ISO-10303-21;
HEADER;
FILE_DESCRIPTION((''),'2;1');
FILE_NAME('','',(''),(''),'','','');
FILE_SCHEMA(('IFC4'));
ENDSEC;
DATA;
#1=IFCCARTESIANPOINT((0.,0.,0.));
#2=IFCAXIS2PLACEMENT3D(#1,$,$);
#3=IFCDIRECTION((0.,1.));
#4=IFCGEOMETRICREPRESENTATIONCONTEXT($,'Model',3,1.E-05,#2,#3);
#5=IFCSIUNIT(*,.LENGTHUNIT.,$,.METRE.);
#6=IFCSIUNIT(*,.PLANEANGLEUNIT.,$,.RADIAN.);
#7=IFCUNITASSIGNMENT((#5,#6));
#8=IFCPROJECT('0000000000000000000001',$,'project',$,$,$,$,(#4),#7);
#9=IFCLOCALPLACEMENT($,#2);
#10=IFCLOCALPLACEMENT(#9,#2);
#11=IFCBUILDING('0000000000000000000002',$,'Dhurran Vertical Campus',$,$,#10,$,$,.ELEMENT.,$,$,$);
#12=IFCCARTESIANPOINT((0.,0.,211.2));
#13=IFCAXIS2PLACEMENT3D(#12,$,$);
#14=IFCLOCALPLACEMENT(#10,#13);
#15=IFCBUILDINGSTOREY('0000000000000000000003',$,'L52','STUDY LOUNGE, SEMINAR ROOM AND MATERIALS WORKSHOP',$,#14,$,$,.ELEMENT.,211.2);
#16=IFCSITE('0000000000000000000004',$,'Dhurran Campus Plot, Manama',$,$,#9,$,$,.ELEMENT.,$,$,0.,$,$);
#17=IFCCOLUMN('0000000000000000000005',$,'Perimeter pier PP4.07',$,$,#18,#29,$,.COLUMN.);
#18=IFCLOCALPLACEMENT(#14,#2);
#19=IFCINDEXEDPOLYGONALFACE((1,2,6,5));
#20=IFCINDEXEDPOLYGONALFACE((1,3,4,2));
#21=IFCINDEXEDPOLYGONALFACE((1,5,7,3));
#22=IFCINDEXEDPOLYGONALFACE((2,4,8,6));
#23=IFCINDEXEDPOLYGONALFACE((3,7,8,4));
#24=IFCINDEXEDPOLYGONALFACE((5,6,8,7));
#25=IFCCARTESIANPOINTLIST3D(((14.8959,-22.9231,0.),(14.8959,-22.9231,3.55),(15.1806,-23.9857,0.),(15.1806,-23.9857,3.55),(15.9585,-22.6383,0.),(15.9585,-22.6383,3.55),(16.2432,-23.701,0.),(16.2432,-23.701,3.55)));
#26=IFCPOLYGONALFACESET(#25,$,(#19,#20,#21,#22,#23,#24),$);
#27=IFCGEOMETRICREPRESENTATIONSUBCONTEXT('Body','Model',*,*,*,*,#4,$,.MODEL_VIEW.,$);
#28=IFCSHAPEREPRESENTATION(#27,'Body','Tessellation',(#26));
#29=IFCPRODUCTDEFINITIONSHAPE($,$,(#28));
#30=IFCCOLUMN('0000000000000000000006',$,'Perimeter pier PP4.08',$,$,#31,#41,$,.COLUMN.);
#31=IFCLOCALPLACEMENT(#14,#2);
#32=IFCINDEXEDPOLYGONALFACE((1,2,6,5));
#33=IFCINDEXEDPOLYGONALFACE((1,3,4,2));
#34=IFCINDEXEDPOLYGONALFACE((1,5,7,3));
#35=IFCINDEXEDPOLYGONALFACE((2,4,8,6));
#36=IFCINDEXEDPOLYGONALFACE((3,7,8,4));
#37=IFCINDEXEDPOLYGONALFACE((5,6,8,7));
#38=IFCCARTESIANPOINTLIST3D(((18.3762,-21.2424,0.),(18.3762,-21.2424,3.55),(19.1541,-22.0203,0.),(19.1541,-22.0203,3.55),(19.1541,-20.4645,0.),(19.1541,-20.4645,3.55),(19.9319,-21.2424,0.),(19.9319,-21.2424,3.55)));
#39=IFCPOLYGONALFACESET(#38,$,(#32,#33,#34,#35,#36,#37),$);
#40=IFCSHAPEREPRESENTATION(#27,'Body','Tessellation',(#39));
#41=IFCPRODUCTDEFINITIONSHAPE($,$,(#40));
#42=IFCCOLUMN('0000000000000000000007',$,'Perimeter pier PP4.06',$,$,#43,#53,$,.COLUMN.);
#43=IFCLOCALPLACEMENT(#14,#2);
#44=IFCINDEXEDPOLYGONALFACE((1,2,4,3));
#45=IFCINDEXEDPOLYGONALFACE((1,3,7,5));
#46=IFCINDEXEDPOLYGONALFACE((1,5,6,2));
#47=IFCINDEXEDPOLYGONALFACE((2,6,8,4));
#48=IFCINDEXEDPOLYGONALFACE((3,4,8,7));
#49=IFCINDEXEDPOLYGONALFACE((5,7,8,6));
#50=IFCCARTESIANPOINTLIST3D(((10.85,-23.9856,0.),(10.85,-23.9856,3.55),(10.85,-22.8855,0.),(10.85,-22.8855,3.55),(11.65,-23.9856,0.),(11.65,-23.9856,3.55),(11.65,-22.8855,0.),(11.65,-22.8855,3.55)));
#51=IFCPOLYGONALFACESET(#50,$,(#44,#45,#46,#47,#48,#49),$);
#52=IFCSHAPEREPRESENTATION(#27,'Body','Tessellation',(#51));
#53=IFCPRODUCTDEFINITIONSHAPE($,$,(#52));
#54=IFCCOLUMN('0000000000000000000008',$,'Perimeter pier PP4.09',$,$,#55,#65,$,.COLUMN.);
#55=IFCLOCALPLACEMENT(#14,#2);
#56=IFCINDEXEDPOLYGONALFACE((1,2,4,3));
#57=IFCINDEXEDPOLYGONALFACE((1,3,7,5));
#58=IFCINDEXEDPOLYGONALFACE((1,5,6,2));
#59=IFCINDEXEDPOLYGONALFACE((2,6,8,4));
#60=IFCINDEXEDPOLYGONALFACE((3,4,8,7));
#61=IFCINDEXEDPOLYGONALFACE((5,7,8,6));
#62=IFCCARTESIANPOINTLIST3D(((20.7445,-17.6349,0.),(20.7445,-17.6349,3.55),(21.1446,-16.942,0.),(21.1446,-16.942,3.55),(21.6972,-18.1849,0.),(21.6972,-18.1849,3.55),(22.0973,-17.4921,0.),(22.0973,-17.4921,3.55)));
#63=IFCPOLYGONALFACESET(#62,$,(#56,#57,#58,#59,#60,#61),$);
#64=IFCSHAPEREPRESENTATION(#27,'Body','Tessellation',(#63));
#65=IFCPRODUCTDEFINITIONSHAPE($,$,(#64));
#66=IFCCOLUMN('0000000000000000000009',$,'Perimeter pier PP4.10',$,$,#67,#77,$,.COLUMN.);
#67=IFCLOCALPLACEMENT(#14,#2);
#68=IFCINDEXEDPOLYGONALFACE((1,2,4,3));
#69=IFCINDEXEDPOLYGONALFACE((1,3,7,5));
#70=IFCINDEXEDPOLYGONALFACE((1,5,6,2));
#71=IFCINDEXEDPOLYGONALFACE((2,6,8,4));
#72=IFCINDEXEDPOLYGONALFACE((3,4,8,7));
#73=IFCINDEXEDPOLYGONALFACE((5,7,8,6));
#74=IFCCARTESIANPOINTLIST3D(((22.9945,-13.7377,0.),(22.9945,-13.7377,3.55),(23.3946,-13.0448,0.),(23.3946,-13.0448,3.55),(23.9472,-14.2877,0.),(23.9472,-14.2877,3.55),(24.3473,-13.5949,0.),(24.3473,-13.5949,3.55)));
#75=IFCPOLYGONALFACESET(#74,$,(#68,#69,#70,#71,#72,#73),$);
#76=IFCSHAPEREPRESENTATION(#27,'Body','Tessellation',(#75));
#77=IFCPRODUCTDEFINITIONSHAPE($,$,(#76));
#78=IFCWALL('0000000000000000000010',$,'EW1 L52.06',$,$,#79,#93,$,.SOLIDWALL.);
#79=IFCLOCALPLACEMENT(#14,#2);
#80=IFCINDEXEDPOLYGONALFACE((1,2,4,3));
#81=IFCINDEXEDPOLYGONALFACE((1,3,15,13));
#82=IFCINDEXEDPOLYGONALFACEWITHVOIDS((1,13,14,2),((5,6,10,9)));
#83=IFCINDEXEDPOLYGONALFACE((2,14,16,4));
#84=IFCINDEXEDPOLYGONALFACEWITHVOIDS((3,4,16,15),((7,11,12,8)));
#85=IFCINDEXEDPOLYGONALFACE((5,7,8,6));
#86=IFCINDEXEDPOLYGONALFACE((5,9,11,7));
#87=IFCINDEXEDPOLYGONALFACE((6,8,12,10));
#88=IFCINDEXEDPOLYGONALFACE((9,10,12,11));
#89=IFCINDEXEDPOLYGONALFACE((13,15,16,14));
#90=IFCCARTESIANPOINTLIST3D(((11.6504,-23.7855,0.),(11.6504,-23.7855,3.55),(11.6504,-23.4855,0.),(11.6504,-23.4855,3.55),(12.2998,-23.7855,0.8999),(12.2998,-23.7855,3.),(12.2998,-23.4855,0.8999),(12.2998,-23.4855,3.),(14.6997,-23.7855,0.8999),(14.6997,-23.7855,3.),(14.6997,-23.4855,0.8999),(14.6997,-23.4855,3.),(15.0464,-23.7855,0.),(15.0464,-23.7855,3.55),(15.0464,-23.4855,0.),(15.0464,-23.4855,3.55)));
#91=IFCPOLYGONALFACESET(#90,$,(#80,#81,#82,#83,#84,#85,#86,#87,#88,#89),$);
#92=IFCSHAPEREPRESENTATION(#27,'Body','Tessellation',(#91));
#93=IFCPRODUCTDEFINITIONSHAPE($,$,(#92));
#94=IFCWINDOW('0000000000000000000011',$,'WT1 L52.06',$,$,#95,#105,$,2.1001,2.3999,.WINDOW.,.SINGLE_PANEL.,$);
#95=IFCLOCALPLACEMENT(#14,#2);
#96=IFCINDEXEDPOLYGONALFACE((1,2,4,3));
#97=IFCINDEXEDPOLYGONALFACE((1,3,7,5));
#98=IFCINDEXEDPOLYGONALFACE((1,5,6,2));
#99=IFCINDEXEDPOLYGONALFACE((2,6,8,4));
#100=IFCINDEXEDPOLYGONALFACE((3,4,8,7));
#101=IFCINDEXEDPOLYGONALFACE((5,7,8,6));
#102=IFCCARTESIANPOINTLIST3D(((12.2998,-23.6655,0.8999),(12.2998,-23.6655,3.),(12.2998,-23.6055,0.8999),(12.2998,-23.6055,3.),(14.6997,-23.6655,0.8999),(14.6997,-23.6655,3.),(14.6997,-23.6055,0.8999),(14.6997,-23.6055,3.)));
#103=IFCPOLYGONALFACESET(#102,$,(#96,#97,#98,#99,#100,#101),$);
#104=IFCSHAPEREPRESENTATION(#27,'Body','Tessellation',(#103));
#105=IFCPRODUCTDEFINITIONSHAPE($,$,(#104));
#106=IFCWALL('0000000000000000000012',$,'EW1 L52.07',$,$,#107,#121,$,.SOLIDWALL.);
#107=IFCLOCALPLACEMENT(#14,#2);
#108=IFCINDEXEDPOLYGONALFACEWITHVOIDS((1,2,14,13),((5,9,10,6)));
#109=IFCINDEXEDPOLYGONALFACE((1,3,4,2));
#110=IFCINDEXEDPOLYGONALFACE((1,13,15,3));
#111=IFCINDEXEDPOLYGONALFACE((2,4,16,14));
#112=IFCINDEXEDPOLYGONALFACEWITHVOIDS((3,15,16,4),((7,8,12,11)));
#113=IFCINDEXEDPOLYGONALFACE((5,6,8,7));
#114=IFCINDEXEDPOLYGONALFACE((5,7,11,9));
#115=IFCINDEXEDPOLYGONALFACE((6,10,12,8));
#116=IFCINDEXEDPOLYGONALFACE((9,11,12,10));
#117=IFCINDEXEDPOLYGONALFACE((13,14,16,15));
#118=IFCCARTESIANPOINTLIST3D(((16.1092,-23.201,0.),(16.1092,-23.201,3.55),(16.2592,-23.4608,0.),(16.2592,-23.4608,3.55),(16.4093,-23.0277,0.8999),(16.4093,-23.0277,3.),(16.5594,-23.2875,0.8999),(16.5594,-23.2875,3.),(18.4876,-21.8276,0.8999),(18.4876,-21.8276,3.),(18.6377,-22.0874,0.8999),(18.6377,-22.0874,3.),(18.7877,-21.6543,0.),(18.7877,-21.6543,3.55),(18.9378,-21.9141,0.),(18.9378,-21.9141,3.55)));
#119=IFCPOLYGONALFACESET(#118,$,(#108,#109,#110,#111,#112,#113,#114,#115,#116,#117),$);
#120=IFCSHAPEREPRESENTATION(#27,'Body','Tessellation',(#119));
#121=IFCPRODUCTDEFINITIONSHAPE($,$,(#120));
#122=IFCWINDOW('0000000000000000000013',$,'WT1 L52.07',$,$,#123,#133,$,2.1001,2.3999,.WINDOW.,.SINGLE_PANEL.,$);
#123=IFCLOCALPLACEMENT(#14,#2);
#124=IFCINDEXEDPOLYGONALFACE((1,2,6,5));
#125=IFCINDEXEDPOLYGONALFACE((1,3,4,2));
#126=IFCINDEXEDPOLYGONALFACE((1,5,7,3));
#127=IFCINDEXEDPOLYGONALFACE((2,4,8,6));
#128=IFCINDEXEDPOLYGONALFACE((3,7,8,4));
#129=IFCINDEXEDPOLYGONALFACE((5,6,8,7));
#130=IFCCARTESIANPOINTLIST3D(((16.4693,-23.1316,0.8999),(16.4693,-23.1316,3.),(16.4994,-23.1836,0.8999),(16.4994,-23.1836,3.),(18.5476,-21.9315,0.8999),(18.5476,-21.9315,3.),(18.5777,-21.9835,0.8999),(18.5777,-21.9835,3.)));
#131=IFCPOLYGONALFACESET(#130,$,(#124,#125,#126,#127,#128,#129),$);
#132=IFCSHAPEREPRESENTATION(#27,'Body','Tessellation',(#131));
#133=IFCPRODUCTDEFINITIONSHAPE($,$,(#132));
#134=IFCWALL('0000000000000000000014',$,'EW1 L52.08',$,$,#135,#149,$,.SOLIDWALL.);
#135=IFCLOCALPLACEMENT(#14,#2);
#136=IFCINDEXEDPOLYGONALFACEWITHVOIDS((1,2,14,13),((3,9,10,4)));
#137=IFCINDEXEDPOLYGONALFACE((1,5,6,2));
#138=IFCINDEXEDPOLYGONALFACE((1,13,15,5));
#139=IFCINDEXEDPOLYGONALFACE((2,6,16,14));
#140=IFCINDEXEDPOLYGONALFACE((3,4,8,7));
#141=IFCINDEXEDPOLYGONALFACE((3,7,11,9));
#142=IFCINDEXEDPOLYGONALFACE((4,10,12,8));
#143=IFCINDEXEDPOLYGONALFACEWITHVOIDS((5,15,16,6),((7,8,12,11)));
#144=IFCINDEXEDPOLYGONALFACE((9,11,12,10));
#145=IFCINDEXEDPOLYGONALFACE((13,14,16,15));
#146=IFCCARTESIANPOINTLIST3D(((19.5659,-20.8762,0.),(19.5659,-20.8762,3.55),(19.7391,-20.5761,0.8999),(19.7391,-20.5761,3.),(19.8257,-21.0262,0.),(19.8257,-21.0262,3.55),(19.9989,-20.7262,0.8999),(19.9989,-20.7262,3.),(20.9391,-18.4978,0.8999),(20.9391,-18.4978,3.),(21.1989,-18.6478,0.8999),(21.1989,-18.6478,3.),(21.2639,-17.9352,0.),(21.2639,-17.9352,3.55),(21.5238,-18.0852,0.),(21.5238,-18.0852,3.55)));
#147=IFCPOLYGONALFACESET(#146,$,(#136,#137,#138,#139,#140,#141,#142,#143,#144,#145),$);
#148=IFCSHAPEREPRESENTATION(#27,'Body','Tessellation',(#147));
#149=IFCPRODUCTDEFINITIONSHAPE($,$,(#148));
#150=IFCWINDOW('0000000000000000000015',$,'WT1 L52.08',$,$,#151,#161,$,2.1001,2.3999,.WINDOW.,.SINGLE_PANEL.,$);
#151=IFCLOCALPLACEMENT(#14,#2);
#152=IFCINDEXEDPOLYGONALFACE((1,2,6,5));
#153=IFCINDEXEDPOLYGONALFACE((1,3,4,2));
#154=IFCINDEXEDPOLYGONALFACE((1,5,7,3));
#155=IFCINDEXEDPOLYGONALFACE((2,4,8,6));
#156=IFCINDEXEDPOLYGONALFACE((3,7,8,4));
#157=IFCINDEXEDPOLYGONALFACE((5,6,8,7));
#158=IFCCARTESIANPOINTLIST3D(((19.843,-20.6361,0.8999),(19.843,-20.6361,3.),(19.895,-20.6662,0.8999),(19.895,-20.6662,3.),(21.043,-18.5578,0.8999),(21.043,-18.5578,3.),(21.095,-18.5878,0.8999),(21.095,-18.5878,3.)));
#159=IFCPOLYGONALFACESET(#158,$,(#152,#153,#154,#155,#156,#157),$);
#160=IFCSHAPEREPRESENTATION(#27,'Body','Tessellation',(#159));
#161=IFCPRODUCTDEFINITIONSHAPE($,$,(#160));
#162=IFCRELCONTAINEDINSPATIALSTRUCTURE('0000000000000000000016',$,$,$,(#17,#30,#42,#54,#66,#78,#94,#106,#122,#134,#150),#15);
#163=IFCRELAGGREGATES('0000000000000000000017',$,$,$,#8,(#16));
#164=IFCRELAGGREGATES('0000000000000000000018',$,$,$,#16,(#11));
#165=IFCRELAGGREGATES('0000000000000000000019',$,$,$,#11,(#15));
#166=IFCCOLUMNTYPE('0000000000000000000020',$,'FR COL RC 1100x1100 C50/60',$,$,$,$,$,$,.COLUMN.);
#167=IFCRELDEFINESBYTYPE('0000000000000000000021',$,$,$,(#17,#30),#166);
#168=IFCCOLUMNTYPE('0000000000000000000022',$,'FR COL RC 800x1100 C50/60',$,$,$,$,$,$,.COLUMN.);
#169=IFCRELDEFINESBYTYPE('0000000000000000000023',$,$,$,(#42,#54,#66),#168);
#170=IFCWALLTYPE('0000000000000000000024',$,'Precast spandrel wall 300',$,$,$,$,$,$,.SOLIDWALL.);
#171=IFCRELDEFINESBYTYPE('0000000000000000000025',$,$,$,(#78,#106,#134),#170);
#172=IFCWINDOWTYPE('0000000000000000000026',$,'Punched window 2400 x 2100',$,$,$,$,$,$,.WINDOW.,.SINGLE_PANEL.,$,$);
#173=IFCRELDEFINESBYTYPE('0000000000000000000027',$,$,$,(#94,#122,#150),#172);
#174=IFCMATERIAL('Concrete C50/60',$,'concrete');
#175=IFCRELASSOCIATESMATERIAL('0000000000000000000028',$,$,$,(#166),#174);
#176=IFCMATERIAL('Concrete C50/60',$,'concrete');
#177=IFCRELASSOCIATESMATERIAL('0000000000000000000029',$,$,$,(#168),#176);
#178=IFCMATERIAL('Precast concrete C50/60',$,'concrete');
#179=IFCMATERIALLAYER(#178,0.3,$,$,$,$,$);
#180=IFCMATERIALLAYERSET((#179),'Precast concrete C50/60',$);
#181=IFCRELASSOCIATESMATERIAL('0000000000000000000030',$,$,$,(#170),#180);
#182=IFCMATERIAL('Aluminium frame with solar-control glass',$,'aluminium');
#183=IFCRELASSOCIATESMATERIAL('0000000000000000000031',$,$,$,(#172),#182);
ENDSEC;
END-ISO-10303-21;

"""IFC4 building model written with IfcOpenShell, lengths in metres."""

from ifc_helpers import new_model, si_unit, direction, frame, frame_2d, origin, origin_2d, place, context, subcontext, project, spatial, rectangle, extrude, material, layer, layer_set, material_profile, profile_set, type_object, element, fill, save


model = new_model("IFC4")

# Units and contexts
model_context = context("Model", 3, precision=1e-05, world=origin(), true_north=direction((0.0, 1.0)))
body_context = subcontext(model_context, "Body", "Model", "MODEL_VIEW")
ifc_project = project(units=[si_unit("LENGTHUNIT", "METRE"), si_unit("PLANEANGLEUNIT", "RADIAN")], contexts=[model_context])

# Site, building, storey
site_placement = place(None, origin())
site = spatial("IfcSite", under=ifc_project, at=site_placement, Name="Dhurran Campus Plot, Manama", CompositionType="ELEMENT", RefElevation=0.0)
building_placement = place(site_placement, origin())
building = spatial("IfcBuilding", under=site, at=building_placement, Name="Dhurran Vertical Campus", CompositionType="ELEMENT")
storey_placement = place(building_placement, frame((0.0, 0.0, 211.2)))
storey = spatial("IfcBuildingStorey", under=building, at=storey_placement, Name="L52", Description="STUDY LOUNGE, SEMINAR ROOM AND MATERIALS WORKSHOP", CompositionType="ELEMENT", Elevation=211.2)

# Columns
ifc_material_1 = material(Name="Concrete C50/60", Category="concrete")
ifc_material_profile_1 = material_profile(ifc_material_1, rectangle(XDim=1.1001, YDim=1.1001, at=origin_2d()), Name="RC 1100x1100")
ifc_profile_set_1 = profile_set([ifc_material_profile_1], Name="Concrete C50/60")
column_type_1 = type_object("IfcColumnType", Name="FR COL RC 1100x1100 C50/60", PredefinedType="COLUMN", material=ifc_profile_set_1)
for number, where, z_axis, x_axis, name in (
    (1, (15.5696, -23.312, 0.0), (0.0, 0.0, 1.0), (0.965926, 0.258819, 0.0), "Perimeter pier PP4.07"),
    (2, (19.1541, -21.2424, 0.0), (0.0, 0.0, 1.0), (0.707107, 0.707107, 0.0), "Perimeter pier PP4.08"),
):
    element("IfcColumn", number, at=place(storey_placement, frame(where, z_axis=z_axis, x_axis=x_axis)), inside=storey, type_object=column_type_1, Name=name, PredefinedType="COLUMN", context=body_context, shape_type="SweptSolid", body=[
        extrude(rectangle(XDim=1.1001, YDim=1.1001, at=origin_2d()), origin(), (0.0, 0.0, 1.0), 3.55),
    ])
ifc_material_2 = material(Name="Concrete C50/60", Category="concrete")
ifc_material_profile_2 = material_profile(ifc_material_2, rectangle(XDim=0.8, YDim=1.1001, at=origin_2d()), Name="RC 800x1100")
ifc_profile_set_2 = profile_set([ifc_material_profile_2], Name="Concrete C50/60")
column_type_2 = type_object("IfcColumnType", Name="FR COL RC 800x1100 C50/60", PredefinedType="COLUMN", material=ifc_profile_set_2)
for number, where, z_axis, x_axis, name in (
    (3, (11.25, -23.4355, 0.0), (0.0, 0.0, 1.0), (1.0, 0.0, 0.0), "Perimeter pier PP4.06"),
    (4, (21.4209, -17.5635, 0.0), (0.0, 0.0, 1.0), (0.5, 0.866025, 0.0), "Perimeter pier PP4.09"),
    (5, (23.6709, -13.6663, 0.0), (0.0, 0.0, 1.0), (0.5, 0.866025, 0.0), "Perimeter pier PP4.10"),
):
    element("IfcColumn", number, at=place(storey_placement, frame(where, z_axis=z_axis, x_axis=x_axis)), inside=storey, type_object=column_type_2, Name=name, PredefinedType="COLUMN", context=body_context, shape_type="SweptSolid", body=[
        extrude(rectangle(XDim=0.8, YDim=1.1001, at=origin_2d()), origin(), (0.0, 0.0, 1.0), 3.55),
    ])

# Walls, openings, windows
ifc_material_3 = material(Name="Precast concrete C50/60", Category="concrete")
ifc_layer_1 = layer(ifc_material_3, 0.3)
ifc_layer_set_1 = layer_set([ifc_layer_1], Name="Precast concrete C50/60")
wall_type_1 = type_object("IfcWallType", Name="Precast spandrel wall 300", PredefinedType="SOLIDWALL", material=ifc_layer_set_1)
wall_1_placement = place(storey_placement, frame((11.6504, -23.6355, 0.0), z_axis=(0.0, 0.0, 1.0), x_axis=(1.0, 0.0, 0.0)))
wall_1 = element("IfcWall", 6, at=wall_1_placement, inside=storey, type_object=wall_type_1, Name="EW1 L52.06", PredefinedType="SOLIDWALL", context=body_context, shape_type="SweptSolid", body=[
    extrude(rectangle(XDim=3.396, YDim=0.3, at=frame_2d((1.698, 0.0))), origin(), (0.0, 0.0, 1.0), 3.55),
])
opening_1_placement = place(wall_1_placement, frame((0.6494, 0.0, 0.8999)))
opening_1 = element("IfcOpeningElement", 7, at=opening_1_placement, cuts=wall_1, PredefinedType="OPENING", context=body_context, shape_type="SweptSolid", body=[
    extrude(rectangle(XDim=2.3999, YDim=2.1001, at=frame_2d((1.2, 1.05))), frame((0.0, 0.1599, 0.0), z_axis=(0.0, -1.0, 0.0), x_axis=(1.0, 0.0, 0.0)), (0.0, 0.0, 1.0), 0.3201),
])
ifc_material_4 = material(Name="Aluminium frame with solar-control glass", Category="aluminium")
window_type = type_object("IfcWindowType", Name="Punched window 2400 x 2100", PartitioningType="SINGLE_PANEL", PredefinedType="WINDOW", material=ifc_material_4)
window_1_placement = place(opening_1_placement, origin())
window_1 = element("IfcWindow", 8, at=window_1_placement, inside=storey, type_object=window_type, Name="WT1 L52.06", OverallHeight=2.1001, OverallWidth=2.3999, PartitioningType="SINGLE_PANEL", PredefinedType="WINDOW", context=body_context, shape_type="SweptSolid", body=[
    extrude(rectangle(XDim=2.3999, YDim=2.1001, at=frame_2d((1.2, 1.05))), frame((0.0, 0.03, 0.0), z_axis=(0.0, -1.0, 0.0), x_axis=(1.0, 0.0, 0.0)), (0.0, 0.0, 1.0), 0.0601),
])
fill(opening_1, window_1)
wall_2_placement = place(storey_placement, frame((16.1843, -23.3308, 0.0), z_axis=(0.0, 0.0, 1.0), x_axis=(0.865995, 0.500053, 0.0)))
wall_2 = element("IfcWall", 9, at=wall_2_placement, inside=storey, type_object=wall_type_1, Name="EW1 L52.07", PredefinedType="SOLIDWALL", context=body_context, shape_type="SweptSolid", body=[
    extrude(rectangle(XDim=3.093, YDim=0.3, at=frame_2d((1.5464, 0.0))), origin(), (0.0, 0.0, 1.0), 3.55),
])
opening_2_placement = place(wall_2_placement, frame((0.3464, 0.0, 0.8999)))
opening_2 = element("IfcOpeningElement", 10, at=opening_2_placement, cuts=wall_2, PredefinedType="OPENING", context=body_context, shape_type="SweptSolid", body=[
    extrude(rectangle(XDim=2.3999, YDim=2.1001, at=frame_2d((1.2, 1.05))), frame((0.0, 0.1599, 0.0), z_axis=(0.0, -1.0, 0.0), x_axis=(1.0, 0.0, 0.0)), (0.0, 0.0, 1.0), 0.3201),
])
window_2_placement = place(opening_2_placement, origin())
window_2 = element("IfcWindow", 11, at=window_2_placement, inside=storey, type_object=window_type, Name="WT1 L52.07", OverallHeight=2.1001, OverallWidth=2.3999, PartitioningType="SINGLE_PANEL", PredefinedType="WINDOW", context=body_context, shape_type="SweptSolid", body=[
    extrude(rectangle(XDim=2.3999, YDim=2.1001, at=frame_2d((1.2, 1.05))), frame((0.0, 0.03, 0.0), z_axis=(0.0, -1.0, 0.0), x_axis=(1.0, 0.0, 0.0)), (0.0, 0.0, 1.0), 0.0601),
])
fill(opening_2, window_2)
wall_3_placement = place(storey_placement, frame((19.6958, -20.9512, 0.0), z_axis=(0.0, 0.0, 1.0), x_axis=(0.500013, 0.866018, 0.0)))
wall_3 = element("IfcWall", 12, at=wall_3_placement, inside=storey, type_object=wall_type_1, Name="EW1 L52.08", PredefinedType="SOLIDWALL", context=body_context, shape_type="SweptSolid", body=[
    extrude(rectangle(XDim=3.396, YDim=0.3, at=frame_2d((1.698, 0.0))), origin(), (0.0, 0.0, 1.0), 3.55),
])
opening_3_placement = place(wall_3_placement, frame((0.3464, 0.0, 0.8999)))
opening_3 = element("IfcOpeningElement", 13, at=opening_3_placement, cuts=wall_3, PredefinedType="OPENING", context=body_context, shape_type="SweptSolid", body=[
    extrude(rectangle(XDim=2.3999, YDim=2.1001, at=frame_2d((1.2, 1.05))), frame((0.0, 0.1599, 0.0), z_axis=(0.0, -1.0, 0.0), x_axis=(1.0, 0.0, 0.0)), (0.0, 0.0, 1.0), 0.3201),
])
window_3_placement = place(opening_3_placement, origin())
window_3 = element("IfcWindow", 14, at=window_3_placement, inside=storey, type_object=window_type, Name="WT1 L52.08", OverallHeight=2.1001, OverallWidth=2.3999, PartitioningType="SINGLE_PANEL", PredefinedType="WINDOW", context=body_context, shape_type="SweptSolid", body=[
    extrude(rectangle(XDim=2.3999, YDim=2.1001, at=frame_2d((1.2, 1.05))), frame((0.0, 0.03, 0.0), z_axis=(0.0, -1.0, 0.0), x_axis=(1.0, 0.0, 0.0)), (0.0, 0.0, 1.0), 0.0601),
])
fill(opening_3, window_3)

save(model, "model.ifc")
